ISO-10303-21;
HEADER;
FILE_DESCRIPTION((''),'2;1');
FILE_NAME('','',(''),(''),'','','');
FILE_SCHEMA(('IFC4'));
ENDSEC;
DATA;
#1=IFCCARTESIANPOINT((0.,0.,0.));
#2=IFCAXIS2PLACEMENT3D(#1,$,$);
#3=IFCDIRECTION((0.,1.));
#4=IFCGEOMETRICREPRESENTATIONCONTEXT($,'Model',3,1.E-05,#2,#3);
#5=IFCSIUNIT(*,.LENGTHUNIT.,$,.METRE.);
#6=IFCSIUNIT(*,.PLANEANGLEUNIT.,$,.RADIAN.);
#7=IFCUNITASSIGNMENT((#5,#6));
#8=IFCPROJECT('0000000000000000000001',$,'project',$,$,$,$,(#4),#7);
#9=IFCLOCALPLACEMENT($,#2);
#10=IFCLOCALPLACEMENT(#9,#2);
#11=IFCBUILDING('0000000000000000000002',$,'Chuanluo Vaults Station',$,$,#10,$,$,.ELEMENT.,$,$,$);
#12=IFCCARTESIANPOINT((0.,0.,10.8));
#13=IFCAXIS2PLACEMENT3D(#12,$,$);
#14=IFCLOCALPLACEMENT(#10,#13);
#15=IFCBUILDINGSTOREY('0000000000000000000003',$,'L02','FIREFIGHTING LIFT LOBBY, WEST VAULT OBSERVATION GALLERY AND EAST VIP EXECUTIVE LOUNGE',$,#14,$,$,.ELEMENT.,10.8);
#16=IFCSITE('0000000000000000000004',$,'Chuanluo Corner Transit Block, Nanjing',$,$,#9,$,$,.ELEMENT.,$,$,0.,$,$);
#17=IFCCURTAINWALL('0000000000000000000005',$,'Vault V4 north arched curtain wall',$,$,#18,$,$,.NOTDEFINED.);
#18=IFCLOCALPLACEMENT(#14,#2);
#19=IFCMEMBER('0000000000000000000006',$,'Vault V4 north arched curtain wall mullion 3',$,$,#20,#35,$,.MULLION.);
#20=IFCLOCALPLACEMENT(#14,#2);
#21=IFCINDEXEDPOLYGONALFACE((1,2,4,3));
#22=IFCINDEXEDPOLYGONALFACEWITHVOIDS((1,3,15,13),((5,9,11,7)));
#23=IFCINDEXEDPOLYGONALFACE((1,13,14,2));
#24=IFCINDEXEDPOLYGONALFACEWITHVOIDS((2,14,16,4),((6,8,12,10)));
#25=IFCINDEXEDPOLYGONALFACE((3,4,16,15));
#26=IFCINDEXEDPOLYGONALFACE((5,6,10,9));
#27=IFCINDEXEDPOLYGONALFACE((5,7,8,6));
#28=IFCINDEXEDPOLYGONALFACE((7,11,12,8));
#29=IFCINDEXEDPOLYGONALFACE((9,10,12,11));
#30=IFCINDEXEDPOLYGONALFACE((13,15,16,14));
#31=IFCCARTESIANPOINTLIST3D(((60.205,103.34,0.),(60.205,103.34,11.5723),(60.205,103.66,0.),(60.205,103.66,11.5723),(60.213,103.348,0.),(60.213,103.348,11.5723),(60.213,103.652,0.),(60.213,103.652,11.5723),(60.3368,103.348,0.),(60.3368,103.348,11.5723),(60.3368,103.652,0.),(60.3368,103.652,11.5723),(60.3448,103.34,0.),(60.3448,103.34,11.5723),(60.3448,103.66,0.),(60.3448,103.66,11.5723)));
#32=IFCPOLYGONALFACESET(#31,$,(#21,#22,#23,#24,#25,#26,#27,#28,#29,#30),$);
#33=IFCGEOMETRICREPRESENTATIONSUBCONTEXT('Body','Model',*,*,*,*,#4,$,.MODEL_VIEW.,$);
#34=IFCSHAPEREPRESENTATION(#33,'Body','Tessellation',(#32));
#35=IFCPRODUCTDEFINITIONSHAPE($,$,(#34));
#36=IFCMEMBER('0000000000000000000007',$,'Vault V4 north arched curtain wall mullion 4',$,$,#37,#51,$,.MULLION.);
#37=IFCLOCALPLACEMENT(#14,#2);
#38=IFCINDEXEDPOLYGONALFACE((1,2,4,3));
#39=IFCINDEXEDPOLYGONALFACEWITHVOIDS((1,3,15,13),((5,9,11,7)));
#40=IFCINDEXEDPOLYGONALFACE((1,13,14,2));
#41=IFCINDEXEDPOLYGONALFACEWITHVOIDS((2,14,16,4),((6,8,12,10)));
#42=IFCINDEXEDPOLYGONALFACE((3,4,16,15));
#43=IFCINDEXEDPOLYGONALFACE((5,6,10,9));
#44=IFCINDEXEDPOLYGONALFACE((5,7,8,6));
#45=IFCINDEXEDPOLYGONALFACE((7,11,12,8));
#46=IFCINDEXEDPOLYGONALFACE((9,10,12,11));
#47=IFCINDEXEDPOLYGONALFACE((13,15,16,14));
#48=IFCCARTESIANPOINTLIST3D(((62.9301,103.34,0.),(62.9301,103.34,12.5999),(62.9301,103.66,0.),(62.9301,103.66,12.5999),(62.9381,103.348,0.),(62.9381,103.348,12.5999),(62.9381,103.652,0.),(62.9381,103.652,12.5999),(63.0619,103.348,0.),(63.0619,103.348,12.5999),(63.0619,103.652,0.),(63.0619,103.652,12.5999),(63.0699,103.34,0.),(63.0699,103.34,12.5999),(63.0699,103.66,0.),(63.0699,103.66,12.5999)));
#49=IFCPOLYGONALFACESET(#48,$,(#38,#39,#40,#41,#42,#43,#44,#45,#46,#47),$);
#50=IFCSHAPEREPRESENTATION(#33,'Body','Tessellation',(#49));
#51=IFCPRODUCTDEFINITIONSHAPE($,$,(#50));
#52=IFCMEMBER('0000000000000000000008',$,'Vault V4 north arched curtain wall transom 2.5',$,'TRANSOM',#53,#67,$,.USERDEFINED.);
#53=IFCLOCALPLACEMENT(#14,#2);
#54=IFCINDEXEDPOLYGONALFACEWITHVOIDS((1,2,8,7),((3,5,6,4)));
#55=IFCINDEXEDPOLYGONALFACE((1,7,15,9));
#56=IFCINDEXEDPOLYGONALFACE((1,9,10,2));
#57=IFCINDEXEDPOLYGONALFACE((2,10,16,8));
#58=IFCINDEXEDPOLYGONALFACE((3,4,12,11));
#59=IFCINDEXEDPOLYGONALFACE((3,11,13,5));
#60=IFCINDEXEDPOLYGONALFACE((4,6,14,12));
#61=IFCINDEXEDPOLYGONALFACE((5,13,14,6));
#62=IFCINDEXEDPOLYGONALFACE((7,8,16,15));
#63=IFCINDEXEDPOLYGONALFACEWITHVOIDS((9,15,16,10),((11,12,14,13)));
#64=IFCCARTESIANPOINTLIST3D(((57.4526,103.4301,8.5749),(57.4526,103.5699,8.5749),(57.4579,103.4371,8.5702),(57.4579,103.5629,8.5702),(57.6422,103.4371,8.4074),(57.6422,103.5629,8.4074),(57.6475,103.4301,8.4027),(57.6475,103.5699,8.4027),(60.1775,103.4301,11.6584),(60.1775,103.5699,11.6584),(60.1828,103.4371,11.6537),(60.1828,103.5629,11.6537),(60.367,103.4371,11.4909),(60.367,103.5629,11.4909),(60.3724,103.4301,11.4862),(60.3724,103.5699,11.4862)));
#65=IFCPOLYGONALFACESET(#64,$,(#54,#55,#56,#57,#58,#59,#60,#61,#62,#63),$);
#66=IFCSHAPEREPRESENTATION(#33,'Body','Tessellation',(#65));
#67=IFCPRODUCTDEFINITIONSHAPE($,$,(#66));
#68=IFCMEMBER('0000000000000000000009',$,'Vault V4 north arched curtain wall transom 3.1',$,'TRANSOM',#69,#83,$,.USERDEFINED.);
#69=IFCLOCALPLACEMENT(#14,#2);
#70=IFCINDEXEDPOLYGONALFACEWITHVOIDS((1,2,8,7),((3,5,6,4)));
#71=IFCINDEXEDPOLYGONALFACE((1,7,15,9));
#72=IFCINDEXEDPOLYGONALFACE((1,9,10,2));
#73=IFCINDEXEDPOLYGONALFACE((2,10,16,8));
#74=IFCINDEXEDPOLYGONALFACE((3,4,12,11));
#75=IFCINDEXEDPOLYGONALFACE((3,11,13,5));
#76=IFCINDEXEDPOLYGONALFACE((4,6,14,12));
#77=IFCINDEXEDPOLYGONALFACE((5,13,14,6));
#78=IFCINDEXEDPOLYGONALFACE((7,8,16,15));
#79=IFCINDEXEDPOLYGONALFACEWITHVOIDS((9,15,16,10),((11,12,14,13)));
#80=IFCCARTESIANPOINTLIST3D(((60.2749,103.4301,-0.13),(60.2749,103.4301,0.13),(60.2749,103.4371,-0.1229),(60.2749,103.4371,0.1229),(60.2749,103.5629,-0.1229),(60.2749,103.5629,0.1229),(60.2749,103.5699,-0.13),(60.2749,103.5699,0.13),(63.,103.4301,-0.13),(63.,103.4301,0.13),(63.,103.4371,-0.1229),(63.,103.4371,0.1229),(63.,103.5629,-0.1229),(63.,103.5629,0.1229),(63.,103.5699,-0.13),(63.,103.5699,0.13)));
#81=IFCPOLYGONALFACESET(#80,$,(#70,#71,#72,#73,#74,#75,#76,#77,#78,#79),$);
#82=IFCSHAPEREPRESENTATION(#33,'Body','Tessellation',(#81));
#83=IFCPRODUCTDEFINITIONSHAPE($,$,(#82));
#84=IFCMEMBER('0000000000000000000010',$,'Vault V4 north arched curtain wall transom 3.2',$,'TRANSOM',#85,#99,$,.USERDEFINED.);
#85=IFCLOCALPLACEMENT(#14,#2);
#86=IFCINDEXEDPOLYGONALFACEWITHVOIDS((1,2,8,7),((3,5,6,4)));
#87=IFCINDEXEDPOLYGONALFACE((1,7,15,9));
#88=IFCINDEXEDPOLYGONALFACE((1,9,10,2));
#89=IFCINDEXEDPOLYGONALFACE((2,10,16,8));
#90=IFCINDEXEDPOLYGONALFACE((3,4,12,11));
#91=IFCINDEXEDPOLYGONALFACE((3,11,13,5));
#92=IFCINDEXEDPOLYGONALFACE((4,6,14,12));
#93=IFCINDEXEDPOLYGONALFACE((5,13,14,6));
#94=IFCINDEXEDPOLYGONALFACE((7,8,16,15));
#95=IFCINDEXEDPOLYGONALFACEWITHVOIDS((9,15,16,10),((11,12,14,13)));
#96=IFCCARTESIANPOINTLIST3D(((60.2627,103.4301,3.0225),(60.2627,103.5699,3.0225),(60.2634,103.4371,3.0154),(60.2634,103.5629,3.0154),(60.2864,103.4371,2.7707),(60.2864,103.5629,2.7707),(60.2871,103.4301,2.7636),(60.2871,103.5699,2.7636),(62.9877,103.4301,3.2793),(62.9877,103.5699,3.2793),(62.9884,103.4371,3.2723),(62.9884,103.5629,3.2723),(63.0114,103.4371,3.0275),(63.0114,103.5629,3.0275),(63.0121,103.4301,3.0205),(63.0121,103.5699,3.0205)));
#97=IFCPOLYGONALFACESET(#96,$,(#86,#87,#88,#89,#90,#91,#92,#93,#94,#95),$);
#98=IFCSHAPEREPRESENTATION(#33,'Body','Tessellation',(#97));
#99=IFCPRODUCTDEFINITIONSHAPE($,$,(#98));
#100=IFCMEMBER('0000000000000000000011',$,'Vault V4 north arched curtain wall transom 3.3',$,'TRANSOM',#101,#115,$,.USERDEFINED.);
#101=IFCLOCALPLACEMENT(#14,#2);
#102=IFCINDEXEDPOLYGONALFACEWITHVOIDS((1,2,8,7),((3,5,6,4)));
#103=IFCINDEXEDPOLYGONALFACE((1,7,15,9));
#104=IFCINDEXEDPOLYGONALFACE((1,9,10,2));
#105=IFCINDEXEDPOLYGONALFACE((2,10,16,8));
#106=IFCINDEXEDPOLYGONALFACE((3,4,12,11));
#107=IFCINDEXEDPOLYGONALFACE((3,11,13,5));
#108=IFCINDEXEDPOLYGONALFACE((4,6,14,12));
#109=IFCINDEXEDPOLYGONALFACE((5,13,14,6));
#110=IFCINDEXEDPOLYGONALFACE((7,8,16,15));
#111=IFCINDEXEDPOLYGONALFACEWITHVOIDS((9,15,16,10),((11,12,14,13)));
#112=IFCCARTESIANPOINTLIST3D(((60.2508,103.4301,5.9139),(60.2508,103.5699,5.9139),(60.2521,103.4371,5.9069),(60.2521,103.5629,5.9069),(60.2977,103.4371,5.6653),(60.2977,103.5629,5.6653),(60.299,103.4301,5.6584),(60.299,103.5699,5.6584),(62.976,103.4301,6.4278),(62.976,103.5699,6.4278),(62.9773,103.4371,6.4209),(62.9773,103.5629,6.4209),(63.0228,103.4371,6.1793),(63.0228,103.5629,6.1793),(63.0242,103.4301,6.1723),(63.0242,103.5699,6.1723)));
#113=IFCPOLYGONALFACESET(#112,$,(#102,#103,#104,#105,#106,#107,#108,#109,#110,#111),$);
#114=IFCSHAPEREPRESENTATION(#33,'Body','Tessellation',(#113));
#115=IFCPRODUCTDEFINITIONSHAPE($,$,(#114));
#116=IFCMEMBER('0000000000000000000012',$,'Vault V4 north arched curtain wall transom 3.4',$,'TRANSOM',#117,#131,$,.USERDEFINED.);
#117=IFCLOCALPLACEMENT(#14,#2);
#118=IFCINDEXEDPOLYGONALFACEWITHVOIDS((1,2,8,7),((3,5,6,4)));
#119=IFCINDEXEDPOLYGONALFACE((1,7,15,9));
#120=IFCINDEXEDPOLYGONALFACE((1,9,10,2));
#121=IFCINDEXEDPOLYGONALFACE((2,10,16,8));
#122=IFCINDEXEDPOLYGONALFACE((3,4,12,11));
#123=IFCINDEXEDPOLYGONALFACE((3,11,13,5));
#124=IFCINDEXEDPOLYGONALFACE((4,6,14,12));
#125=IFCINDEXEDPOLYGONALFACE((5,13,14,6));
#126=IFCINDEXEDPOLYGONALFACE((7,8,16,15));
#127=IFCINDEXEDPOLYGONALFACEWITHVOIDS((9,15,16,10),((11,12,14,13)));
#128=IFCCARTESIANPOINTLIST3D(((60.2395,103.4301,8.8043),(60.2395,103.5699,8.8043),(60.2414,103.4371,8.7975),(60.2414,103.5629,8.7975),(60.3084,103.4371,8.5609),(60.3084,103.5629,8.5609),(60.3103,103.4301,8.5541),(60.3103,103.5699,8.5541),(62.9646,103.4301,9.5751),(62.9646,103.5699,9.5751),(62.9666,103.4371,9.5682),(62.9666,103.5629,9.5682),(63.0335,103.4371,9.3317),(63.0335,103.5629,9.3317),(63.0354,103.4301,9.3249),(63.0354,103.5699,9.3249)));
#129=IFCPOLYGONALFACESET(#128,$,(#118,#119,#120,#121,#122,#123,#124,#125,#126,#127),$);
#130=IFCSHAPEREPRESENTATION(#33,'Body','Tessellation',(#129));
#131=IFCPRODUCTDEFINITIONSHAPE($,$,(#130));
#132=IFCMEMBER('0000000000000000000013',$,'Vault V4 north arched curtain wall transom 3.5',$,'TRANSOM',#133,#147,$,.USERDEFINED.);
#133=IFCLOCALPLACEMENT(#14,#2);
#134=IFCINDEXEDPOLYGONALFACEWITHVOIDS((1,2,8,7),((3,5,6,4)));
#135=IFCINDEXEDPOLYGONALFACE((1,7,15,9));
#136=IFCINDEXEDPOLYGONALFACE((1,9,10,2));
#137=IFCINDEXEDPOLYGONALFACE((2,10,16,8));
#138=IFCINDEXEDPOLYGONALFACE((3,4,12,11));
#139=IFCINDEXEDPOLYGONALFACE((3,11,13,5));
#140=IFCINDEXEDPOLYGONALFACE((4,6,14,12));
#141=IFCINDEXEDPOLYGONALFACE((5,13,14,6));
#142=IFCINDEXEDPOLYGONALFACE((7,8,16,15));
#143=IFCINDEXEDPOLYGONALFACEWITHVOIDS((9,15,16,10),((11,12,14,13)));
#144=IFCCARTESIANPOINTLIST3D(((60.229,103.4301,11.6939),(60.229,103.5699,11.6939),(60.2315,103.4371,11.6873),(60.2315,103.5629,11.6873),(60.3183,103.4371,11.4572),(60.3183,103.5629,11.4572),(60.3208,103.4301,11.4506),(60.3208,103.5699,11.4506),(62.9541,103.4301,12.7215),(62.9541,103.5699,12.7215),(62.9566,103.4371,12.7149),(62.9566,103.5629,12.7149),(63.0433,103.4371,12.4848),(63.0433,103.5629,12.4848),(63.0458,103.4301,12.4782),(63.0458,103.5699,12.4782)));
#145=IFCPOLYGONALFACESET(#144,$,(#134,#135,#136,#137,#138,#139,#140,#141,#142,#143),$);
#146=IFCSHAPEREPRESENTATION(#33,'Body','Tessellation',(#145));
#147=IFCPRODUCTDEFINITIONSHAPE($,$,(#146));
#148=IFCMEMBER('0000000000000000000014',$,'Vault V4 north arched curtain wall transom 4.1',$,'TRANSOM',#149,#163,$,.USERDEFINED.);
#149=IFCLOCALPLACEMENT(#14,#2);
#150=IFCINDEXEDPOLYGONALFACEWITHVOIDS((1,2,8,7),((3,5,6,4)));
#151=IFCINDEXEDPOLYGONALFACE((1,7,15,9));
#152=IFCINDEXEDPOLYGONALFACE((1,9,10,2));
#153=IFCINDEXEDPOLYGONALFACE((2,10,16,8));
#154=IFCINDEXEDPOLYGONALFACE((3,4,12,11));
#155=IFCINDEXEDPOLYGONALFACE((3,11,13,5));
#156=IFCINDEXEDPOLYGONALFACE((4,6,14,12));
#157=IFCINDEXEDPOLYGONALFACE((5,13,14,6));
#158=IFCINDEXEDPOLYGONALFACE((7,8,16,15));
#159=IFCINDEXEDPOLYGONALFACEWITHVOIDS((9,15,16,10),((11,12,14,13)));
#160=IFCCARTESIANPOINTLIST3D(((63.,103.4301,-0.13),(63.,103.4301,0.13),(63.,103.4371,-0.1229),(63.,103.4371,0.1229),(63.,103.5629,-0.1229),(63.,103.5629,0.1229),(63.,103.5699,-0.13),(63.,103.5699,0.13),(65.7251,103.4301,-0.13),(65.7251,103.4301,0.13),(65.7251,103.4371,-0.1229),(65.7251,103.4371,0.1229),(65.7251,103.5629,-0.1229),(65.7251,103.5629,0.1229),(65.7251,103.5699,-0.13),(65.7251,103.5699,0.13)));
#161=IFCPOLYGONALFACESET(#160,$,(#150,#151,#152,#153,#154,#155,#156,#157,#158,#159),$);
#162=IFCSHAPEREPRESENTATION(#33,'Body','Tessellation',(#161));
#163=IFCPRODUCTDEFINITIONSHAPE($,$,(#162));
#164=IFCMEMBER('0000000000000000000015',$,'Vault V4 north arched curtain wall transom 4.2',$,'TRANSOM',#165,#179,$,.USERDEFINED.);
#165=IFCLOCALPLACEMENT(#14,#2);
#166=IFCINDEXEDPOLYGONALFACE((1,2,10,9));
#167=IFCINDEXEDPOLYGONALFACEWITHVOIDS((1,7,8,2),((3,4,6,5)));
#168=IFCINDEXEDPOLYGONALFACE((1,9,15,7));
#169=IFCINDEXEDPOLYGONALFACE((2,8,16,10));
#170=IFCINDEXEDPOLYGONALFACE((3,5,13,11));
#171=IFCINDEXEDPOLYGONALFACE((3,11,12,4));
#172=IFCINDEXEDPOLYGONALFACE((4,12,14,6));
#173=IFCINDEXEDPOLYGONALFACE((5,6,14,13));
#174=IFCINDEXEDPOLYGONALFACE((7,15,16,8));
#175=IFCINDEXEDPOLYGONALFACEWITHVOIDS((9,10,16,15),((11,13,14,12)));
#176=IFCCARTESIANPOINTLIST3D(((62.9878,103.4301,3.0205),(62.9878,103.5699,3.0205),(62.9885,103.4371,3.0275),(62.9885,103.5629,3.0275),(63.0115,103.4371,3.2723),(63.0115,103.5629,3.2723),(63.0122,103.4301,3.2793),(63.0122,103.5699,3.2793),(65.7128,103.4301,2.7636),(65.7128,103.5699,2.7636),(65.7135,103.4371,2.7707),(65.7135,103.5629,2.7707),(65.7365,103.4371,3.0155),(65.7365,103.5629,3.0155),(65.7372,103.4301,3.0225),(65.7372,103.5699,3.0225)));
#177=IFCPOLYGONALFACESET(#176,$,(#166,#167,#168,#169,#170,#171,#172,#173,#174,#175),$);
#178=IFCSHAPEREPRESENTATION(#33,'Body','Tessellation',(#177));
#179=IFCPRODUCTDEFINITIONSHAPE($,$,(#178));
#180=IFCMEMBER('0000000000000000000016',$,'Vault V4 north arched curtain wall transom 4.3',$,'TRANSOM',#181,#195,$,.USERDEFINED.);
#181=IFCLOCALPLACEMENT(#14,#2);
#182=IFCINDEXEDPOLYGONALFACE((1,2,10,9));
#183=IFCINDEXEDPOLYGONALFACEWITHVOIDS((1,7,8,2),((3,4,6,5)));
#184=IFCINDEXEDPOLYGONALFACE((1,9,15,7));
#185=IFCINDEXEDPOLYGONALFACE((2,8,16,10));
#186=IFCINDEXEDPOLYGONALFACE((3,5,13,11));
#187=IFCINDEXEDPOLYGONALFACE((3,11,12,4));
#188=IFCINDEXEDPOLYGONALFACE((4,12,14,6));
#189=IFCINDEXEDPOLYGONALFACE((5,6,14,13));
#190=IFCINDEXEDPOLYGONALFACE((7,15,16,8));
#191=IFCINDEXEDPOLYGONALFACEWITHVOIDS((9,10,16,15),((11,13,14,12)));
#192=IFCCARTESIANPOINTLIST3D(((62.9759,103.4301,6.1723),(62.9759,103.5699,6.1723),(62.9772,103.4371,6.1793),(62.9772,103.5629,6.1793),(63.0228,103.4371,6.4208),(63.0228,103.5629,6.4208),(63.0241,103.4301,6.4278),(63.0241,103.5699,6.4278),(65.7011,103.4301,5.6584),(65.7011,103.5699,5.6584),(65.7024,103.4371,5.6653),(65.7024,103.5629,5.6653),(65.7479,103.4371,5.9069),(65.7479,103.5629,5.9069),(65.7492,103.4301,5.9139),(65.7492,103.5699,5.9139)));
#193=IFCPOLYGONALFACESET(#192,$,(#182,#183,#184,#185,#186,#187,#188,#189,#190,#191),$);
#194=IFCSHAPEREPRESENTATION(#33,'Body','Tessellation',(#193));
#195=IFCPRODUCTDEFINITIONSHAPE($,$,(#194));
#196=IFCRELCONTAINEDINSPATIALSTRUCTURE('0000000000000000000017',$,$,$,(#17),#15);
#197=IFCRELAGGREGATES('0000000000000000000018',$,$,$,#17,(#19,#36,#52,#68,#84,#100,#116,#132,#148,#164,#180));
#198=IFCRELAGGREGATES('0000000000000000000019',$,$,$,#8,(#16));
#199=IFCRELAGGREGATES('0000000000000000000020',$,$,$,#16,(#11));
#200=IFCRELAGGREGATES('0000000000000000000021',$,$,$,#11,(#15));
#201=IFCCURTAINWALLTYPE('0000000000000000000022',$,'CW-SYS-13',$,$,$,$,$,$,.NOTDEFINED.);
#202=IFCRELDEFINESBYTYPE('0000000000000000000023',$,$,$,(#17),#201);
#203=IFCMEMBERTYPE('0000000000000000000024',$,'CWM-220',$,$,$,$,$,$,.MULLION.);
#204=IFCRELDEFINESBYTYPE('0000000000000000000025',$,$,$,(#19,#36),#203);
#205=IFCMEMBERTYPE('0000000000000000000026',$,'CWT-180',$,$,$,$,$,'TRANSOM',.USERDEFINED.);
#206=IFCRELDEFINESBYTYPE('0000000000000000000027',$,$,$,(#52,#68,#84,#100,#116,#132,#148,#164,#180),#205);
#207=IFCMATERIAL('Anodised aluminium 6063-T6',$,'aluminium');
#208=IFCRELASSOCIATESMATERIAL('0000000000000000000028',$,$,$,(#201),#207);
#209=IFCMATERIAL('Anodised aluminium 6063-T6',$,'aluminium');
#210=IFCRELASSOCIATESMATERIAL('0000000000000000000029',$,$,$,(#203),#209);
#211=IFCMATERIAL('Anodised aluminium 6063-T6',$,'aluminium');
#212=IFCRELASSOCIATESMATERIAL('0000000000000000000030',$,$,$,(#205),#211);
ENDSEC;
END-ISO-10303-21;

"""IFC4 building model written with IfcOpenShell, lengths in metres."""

from ifc_helpers import new_model, si_unit, direction, frame, origin, origin_2d, place, context, subcontext, project, spatial, hollow_rectangle, extrude, material, material_profile, profile_set, type_object, element, aggregate, save


model = new_model("IFC4")

# Units and contexts
model_context = context("Model", 3, precision=1e-05, world=origin(), true_north=direction((0.0, 1.0)))
body_context = subcontext(model_context, "Body", "Model", "MODEL_VIEW")
ifc_project = project(units=[si_unit("LENGTHUNIT", "METRE"), si_unit("PLANEANGLEUNIT", "RADIAN")], contexts=[model_context])

# Site, building, storey
site_placement = place(None, origin())
site = spatial("IfcSite", under=ifc_project, at=site_placement, Name="Chuanluo Corner Transit Block, Nanjing", CompositionType="ELEMENT", RefElevation=0.0)
building_placement = place(site_placement, origin())
building = spatial("IfcBuilding", under=site, at=building_placement, Name="Chuanluo Vaults Station", CompositionType="ELEMENT")
storey_placement = place(building_placement, frame((0.0, 0.0, 10.8)))
storey = spatial("IfcBuildingStorey", under=building, at=storey_placement, Name="L02", Description="FIREFIGHTING LIFT LOBBY, WEST VAULT OBSERVATION GALLERY AND EAST VIP EXECUTIVE LOUNGE", CompositionType="ELEMENT", Elevation=10.8)

# Curtain wall, members
ifc_material_1 = material(Name="Anodised aluminium 6063-T6", Category="aluminium")
curtain_wall_type = type_object("IfcCurtainWallType", Name="CW-SYS-13", PredefinedType="NOTDEFINED", material=ifc_material_1)
curtain_wall_placement = place(storey_placement, origin())
curtain_wall = element("IfcCurtainWall", 1, at=curtain_wall_placement, inside=storey, type_object=curtain_wall_type, Name="Vault V4 north arched curtain wall", PredefinedType="NOTDEFINED")
ifc_material_2 = material(Name="Anodised aluminium 6063-T6", Category="aluminium")
ifc_material_profile_1 = material_profile(ifc_material_2, hollow_rectangle(XDim=0.1399, YDim=0.3201, WallThickness=0.0081, at=origin_2d()))
ifc_profile_set_1 = profile_set([ifc_material_profile_1], Name="Anodised aluminium 6063-T6")
member_type_1 = type_object("IfcMemberType", Name="CWM-220", PredefinedType="MULLION", material=ifc_profile_set_1)
member_1_placement = place(storey_placement, frame((60.2749, 103.5, 0.0), z_axis=(0.0, 0.0, 1.0), x_axis=(1.0, 0.0, 0.0)))
member_1 = element("IfcMember", 2, at=member_1_placement, type_object=member_type_1, Name="Vault V4 north arched curtain wall mullion 3", PredefinedType="MULLION", context=body_context, shape_type="SweptSolid", body=[
    extrude(hollow_rectangle(XDim=0.1399, YDim=0.3201, WallThickness=0.0081, at=origin_2d()), origin(), (0.0, 0.0, 1.0), 11.5723),
])
member_2_placement = place(storey_placement, frame((63.0, 103.5, 0.0), z_axis=(0.0, 0.0, 1.0), x_axis=(1.0, 0.0, 0.0)))
member_2 = element("IfcMember", 3, at=member_2_placement, type_object=member_type_1, Name="Vault V4 north arched curtain wall mullion 4", PredefinedType="MULLION", context=body_context, shape_type="SweptSolid", body=[
    extrude(hollow_rectangle(XDim=0.1399, YDim=0.3201, WallThickness=0.0081, at=origin_2d()), origin(), (0.0, 0.0, 1.0), 12.5999),
])
ifc_material_3 = material(Name="Anodised aluminium 6063-T6", Category="aluminium")
ifc_material_profile_2 = material_profile(ifc_material_3, hollow_rectangle(XDim=0.1399, YDim=0.26, WallThickness=0.0071, at=origin_2d()))
ifc_profile_set_2 = profile_set([ifc_material_profile_2], Name="Anodised aluminium 6063-T6")
member_type_2 = type_object("IfcMemberType", Name="CWT-180", ElementType="TRANSOM", PredefinedType="USERDEFINED", material=ifc_profile_set_2)
member_3_placement = place(storey_placement, frame((57.55, 103.5, 8.4888), z_axis=(0.662185, 0.0, 0.749341), x_axis=(0.0, 1.0, 0.0)))
member_3 = element("IfcMember", 4, at=member_3_placement, type_object=member_type_2, Name="Vault V4 north arched curtain wall transom 2.5", ObjectType="TRANSOM", PredefinedType="USERDEFINED", context=body_context, shape_type="SweptSolid", body=[
    extrude(hollow_rectangle(XDim=0.1399, YDim=0.26, WallThickness=0.0071, at=origin_2d()), origin(), (0.0, 0.0, 1.0), 4.115),
])
member_4_placement = place(storey_placement, frame((60.2749, 103.5, 0.0), z_axis=(1.0, 0.0, 0.0), x_axis=(0.0, 1.0, 0.0)))
member_4 = element("IfcMember", 5, at=member_4_placement, type_object=member_type_2, Name="Vault V4 north arched curtain wall transom 3.1", ObjectType="TRANSOM", PredefinedType="USERDEFINED", context=body_context, shape_type="SweptSolid", body=[
    extrude(hollow_rectangle(XDim=0.1399, YDim=0.26, WallThickness=0.0071, at=origin_2d()), origin(), (0.0, 0.0, 1.0), 2.7251),
])
member_5_placement = place(storey_placement, frame((60.2749, 103.5, 2.8931), z_axis=(0.995588, 0.0, 0.093833), x_axis=(0.0, 1.0, 0.0)))
member_5 = element("IfcMember", 6, at=member_5_placement, type_object=member_type_2, Name="Vault V4 north arched curtain wall transom 3.2", ObjectType="TRANSOM", PredefinedType="USERDEFINED", context=body_context, shape_type="SweptSolid", body=[
    extrude(hollow_rectangle(XDim=0.1399, YDim=0.26, WallThickness=0.0071, at=origin_2d()), origin(), (0.0, 0.0, 1.0), 2.7371),
])
member_6_placement = place(storey_placement, frame((60.2749, 103.5, 5.7861), z_axis=(0.982678, 0.0, 0.18532), x_axis=(0.0, 1.0, 0.0)))
member_6 = element("IfcMember", 7, at=member_6_placement, type_object=member_type_2, Name="Vault V4 north arched curtain wall transom 3.3", ObjectType="TRANSOM", PredefinedType="USERDEFINED", context=body_context, shape_type="SweptSolid", body=[
    extrude(hollow_rectangle(XDim=0.1399, YDim=0.26, WallThickness=0.0071, at=origin_2d()), origin(), (0.0, 0.0, 1.0), 2.7732),
])
member_7_placement = place(storey_placement, frame((60.2749, 103.5, 8.6792), z_axis=(0.962252, 0.0, 0.272158), x_axis=(0.0, 1.0, 0.0)))
member_7 = element("IfcMember", 8, at=member_7_placement, type_object=member_type_2, Name="Vault V4 north arched curtain wall transom 3.4", ObjectType="TRANSOM", PredefinedType="USERDEFINED", context=body_context, shape_type="SweptSolid", body=[
    extrude(hollow_rectangle(XDim=0.1399, YDim=0.26, WallThickness=0.0071, at=origin_2d()), origin(), (0.0, 0.0, 1.0), 2.832),
])
member_8_placement = place(storey_placement, frame((60.2749, 103.5, 11.5723), z_axis=(0.935687, 0.0, 0.352832), x_axis=(0.0, 1.0, 0.0)))
member_8 = element("IfcMember", 9, at=member_8_placement, type_object=member_type_2, Name="Vault V4 north arched curtain wall transom 3.5", ObjectType="TRANSOM", PredefinedType="USERDEFINED", context=body_context, shape_type="SweptSolid", body=[
    extrude(hollow_rectangle(XDim=0.1399, YDim=0.26, WallThickness=0.0071, at=origin_2d()), origin(), (0.0, 0.0, 1.0), 2.9124),
])
member_9_placement = place(storey_placement, frame((63.0, 103.5, 0.0), z_axis=(1.0, 0.0, 0.0), x_axis=(0.0, 1.0, 0.0)))
member_9 = element("IfcMember", 10, at=member_9_placement, type_object=member_type_2, Name="Vault V4 north arched curtain wall transom 4.1", ObjectType="TRANSOM", PredefinedType="USERDEFINED", context=body_context, shape_type="SweptSolid", body=[
    extrude(hollow_rectangle(XDim=0.1399, YDim=0.26, WallThickness=0.0071, at=origin_2d()), origin(), (0.0, 0.0, 1.0), 2.7251),
])
member_10_placement = place(storey_placement, frame((63.0, 103.5, 3.1499), z_axis=(0.995588, 0.0, -0.093833), x_axis=(0.0, 1.0, 0.0)))
member_10 = element("IfcMember", 11, at=member_10_placement, type_object=member_type_2, Name="Vault V4 north arched curtain wall transom 4.2", ObjectType="TRANSOM", PredefinedType="USERDEFINED", context=body_context, shape_type="SweptSolid", body=[
    extrude(hollow_rectangle(XDim=0.1399, YDim=0.26, WallThickness=0.0071, at=origin_2d()), origin(), (0.0, 0.0, 1.0), 2.7371),
])
member_11_placement = place(storey_placement, frame((63.0, 103.5, 6.3), z_axis=(0.982678, 0.0, -0.18532), x_axis=(0.0, 1.0, 0.0)))
member_11 = element("IfcMember", 12, at=member_11_placement, type_object=member_type_2, Name="Vault V4 north arched curtain wall transom 4.3", ObjectType="TRANSOM", PredefinedType="USERDEFINED", context=body_context, shape_type="SweptSolid", body=[
    extrude(hollow_rectangle(XDim=0.1399, YDim=0.26, WallThickness=0.0071, at=origin_2d()), origin(), (0.0, 0.0, 1.0), 2.7732),
])
aggregate(curtain_wall, [member_1, member_2, member_3, member_4, member_5, member_6, member_7, member_8, member_9, member_10, member_11])

save(model, "model.ifc")
